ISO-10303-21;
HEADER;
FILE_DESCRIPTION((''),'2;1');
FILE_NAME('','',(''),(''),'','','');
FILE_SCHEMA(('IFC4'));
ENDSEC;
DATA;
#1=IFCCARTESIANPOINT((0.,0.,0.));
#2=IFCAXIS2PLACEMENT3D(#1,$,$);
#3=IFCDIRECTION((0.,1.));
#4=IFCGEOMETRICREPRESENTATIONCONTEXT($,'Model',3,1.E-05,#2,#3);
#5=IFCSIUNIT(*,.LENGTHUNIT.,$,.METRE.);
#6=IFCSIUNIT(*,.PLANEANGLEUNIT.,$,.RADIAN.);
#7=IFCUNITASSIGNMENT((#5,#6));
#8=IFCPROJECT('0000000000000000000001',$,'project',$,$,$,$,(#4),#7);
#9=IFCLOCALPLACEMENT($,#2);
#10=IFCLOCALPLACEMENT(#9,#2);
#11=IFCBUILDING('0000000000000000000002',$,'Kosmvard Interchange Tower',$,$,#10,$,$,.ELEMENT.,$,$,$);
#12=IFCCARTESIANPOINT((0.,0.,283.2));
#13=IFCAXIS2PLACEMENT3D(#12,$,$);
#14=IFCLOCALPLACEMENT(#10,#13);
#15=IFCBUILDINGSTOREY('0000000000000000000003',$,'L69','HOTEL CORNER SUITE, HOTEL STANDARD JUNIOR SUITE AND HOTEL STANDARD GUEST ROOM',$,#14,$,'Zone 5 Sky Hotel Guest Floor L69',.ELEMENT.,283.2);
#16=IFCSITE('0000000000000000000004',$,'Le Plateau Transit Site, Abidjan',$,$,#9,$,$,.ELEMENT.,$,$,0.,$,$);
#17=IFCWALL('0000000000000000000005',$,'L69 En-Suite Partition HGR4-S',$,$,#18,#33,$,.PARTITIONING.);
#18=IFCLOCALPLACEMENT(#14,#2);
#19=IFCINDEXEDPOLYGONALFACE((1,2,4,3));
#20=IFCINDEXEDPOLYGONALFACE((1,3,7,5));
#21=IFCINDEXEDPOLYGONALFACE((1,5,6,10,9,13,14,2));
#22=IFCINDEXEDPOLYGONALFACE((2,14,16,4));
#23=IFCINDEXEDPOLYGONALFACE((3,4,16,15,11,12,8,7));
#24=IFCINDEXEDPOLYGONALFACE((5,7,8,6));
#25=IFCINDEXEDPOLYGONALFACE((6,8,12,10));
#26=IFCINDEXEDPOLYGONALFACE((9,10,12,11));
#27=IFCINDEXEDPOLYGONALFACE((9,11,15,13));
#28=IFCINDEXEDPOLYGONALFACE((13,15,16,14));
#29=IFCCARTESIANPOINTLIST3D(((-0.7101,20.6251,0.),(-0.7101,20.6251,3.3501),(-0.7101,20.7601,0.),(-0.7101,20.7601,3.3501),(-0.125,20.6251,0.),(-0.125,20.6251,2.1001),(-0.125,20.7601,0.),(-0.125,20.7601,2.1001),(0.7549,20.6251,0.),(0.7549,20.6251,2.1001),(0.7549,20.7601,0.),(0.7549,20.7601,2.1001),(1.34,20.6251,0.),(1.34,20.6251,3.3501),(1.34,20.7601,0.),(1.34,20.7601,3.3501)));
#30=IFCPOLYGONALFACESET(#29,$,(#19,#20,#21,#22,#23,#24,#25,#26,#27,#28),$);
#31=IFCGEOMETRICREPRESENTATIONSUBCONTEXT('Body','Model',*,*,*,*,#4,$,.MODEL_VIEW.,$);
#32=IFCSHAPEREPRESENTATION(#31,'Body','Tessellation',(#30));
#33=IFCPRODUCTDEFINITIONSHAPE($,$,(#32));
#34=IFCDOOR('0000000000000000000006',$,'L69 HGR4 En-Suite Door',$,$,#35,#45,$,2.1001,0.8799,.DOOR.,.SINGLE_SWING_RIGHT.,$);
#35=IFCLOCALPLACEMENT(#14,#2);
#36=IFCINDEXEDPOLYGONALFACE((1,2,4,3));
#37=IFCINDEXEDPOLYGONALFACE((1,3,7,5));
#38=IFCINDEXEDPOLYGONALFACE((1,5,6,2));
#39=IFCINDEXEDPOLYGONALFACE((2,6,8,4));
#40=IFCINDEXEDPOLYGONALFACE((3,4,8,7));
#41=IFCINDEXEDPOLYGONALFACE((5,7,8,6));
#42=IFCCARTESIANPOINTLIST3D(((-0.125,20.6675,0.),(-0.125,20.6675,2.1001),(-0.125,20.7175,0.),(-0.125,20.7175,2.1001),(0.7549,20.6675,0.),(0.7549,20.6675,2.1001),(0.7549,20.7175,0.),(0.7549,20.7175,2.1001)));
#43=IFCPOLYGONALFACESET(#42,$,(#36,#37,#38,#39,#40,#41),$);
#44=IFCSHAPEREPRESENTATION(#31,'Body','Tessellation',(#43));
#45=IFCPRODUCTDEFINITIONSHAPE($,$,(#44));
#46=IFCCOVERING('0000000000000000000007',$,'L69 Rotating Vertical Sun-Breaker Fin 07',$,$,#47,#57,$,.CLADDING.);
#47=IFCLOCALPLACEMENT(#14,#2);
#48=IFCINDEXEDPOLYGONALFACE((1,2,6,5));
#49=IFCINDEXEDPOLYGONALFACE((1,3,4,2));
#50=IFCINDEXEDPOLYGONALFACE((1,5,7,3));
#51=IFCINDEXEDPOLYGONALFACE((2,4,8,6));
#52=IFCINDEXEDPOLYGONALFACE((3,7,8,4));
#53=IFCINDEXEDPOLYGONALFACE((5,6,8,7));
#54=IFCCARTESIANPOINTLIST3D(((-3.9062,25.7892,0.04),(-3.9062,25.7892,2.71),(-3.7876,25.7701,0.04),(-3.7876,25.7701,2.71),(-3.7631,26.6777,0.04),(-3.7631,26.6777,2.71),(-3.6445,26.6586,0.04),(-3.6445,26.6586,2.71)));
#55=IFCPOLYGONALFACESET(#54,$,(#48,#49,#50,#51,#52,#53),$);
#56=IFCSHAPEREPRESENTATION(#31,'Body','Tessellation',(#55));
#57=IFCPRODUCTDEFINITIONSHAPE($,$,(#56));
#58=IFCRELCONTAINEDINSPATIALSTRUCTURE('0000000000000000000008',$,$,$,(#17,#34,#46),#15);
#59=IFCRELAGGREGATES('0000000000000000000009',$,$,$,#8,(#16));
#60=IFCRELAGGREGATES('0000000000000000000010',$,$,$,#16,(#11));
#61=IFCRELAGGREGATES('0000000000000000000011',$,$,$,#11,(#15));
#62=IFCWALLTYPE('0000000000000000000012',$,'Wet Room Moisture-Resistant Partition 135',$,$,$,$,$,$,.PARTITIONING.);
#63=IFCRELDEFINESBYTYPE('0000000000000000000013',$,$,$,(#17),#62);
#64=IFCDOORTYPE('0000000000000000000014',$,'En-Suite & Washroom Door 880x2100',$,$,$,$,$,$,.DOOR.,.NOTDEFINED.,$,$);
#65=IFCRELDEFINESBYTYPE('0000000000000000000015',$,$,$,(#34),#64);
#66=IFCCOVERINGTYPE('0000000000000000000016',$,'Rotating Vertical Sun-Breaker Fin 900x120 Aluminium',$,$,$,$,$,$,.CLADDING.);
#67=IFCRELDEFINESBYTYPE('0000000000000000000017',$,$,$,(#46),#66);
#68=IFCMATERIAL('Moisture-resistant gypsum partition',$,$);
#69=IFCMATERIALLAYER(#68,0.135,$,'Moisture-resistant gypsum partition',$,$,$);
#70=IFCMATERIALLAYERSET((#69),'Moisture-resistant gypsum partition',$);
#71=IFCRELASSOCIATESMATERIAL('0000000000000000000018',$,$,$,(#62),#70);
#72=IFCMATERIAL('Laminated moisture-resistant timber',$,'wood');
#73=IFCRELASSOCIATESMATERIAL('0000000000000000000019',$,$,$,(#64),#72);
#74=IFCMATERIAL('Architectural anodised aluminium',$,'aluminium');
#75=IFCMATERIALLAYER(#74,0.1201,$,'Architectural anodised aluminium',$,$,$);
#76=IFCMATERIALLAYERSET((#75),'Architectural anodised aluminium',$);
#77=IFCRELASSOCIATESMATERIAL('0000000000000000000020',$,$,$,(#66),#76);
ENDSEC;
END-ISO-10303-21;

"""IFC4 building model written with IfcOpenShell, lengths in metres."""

from ifc_helpers import new_model, si_unit, direction, frame, frame_2d, origin, origin_2d, place, context, subcontext, project, spatial, rectangle, extrude, source, transform, mapped, material, layer, layer_set, type_object, element, fill, save


model = new_model("IFC4")

# Units and contexts
model_context = context("Model", 3, precision=1e-05, world=origin(), true_north=direction((0.0, 1.0)))
body_context = subcontext(model_context, "Body", "Model", "MODEL_VIEW")
ifc_project = project(units=[si_unit("LENGTHUNIT", "METRE"), si_unit("PLANEANGLEUNIT", "RADIAN")], contexts=[model_context])

# Site, building, storey
site_placement = place(None, origin())
site = spatial("IfcSite", under=ifc_project, at=site_placement, Name="Le Plateau Transit Site, Abidjan", CompositionType="ELEMENT", RefElevation=0.0)
building_placement = place(site_placement, origin())
building = spatial("IfcBuilding", under=site, at=building_placement, Name="Kosmvard Interchange Tower", CompositionType="ELEMENT")
storey_placement = place(building_placement, frame((0.0, 0.0, 283.2)))
storey = spatial("IfcBuildingStorey", under=building, at=storey_placement, Name="L69", Description="HOTEL CORNER SUITE, HOTEL STANDARD JUNIOR SUITE AND HOTEL STANDARD GUEST ROOM", LongName="Zone 5 Sky Hotel Guest Floor L69", CompositionType="ELEMENT", Elevation=283.2)

# Shared definitions
ifc_material_1 = material(Name="Moisture-resistant gypsum partition")
ifc_layer_1 = layer(ifc_material_1, 0.135, Name="Moisture-resistant gypsum partition")
ifc_layer_set_1 = layer_set([ifc_layer_1], Name="Moisture-resistant gypsum partition")
wall_type_1 = type_object("IfcWallType", Name="Wet Room Moisture-Resistant Partition 135", PredefinedType="PARTITIONING", material=ifc_layer_set_1)
ifc_material_2 = material(Name="Laminated moisture-resistant timber", Category="wood")
door_type = type_object("IfcDoorType", Name="En-Suite & Washroom Door 880x2100", OperationType="NOTDEFINED", PredefinedType="DOOR", material=ifc_material_2)
shared_shape_1 = source(origin(), body_context, "Body", "SweptSolid", [
    extrude(rectangle(XDim=0.8799, YDim=2.1001, at=frame_2d((0.4399, 1.05))), frame((0.0, 0.0249, 0.0), z_axis=(0.0, -1.0, 0.0), x_axis=(1.0, 0.0, 0.0)), (0.0, 0.0, 1.0), 0.05),
])

# Wall, opening, door
wall_1_placement = place(storey_placement, frame((-0.71, 20.6926, 0.0), z_axis=(0.0, 0.0, 1.0), x_axis=(1.0, 0.0, 0.0)))
wall_1 = element("IfcWall", 1, at=wall_1_placement, inside=storey, type_object=wall_type_1, Name="L69 En-Suite Partition HGR4-S", PredefinedType="PARTITIONING", context=body_context, shape_type="SweptSolid", body=[
    extrude(rectangle(XDim=2.05, YDim=0.135, at=frame_2d((1.0249, 0.0))), origin(), (0.0, 0.0, 1.0), 3.3501),
])
opening_1_placement = place(wall_1_placement, frame((0.585, 0.0, 0.0)))
opening_1 = element("IfcOpeningElement", 2, at=opening_1_placement, cuts=wall_1, PredefinedType="OPENING", context=body_context, shape_type="SweptSolid", body=[
    extrude(rectangle(XDim=0.8799, YDim=2.1001, at=frame_2d((0.4399, 1.05))), frame((0.0, 0.0776, 0.0), z_axis=(0.0, -1.0, 0.0), x_axis=(1.0, 0.0, 0.0)), (0.0, 0.0, 1.0), 0.155),
])
door_1_placement = place(opening_1_placement, origin())
door_1 = element("IfcDoor", 3, at=door_1_placement, inside=storey, type_object=door_type, Name="L69 HGR4 En-Suite Door", OperationType="SINGLE_SWING_RIGHT", OverallHeight=2.1001, OverallWidth=0.8799, PredefinedType="DOOR", context=body_context, shape_type="MappedRepresentation", body=[
    mapped(shared_shape_1, transform((0.0, 0.0, 0.0), scale=1.0)),
])
fill(opening_1, door_1)

# Covering
ifc_material_3 = material(Name="Architectural anodised aluminium", Category="aluminium")
ifc_layer_2 = layer(ifc_material_3, 0.1201, Name="Architectural anodised aluminium")
ifc_layer_set_2 = layer_set([ifc_layer_2], Name="Architectural anodised aluminium")
covering_type = type_object("IfcCoveringType", Name="Rotating Vertical Sun-Breaker Fin 900x120 Aluminium", PredefinedType="CLADDING", material=ifc_layer_set_2)
shared_shape_2 = source(origin(), body_context, "Body", "SweptSolid", [
    extrude(rectangle(XDim=0.8999, YDim=0.1201, at=origin_2d()), origin(), (0.0, 0.0, 1.0), 2.6699),
])
covering_placement = place(storey_placement, frame((-3.7754, 26.2239, 0.04), z_axis=(0.0, 0.0, 1.0), x_axis=(0.15902, 0.987275, 0.0)))
element("IfcCovering", 4, at=covering_placement, inside=storey, type_object=covering_type, Name="L69 Rotating Vertical Sun-Breaker Fin 07", PredefinedType="CLADDING", context=body_context, shape_type="MappedRepresentation", body=[
    mapped(shared_shape_2, transform((0.0, 0.0, 0.0), scale=1.0)),
])

save(model, "model.ifc")
